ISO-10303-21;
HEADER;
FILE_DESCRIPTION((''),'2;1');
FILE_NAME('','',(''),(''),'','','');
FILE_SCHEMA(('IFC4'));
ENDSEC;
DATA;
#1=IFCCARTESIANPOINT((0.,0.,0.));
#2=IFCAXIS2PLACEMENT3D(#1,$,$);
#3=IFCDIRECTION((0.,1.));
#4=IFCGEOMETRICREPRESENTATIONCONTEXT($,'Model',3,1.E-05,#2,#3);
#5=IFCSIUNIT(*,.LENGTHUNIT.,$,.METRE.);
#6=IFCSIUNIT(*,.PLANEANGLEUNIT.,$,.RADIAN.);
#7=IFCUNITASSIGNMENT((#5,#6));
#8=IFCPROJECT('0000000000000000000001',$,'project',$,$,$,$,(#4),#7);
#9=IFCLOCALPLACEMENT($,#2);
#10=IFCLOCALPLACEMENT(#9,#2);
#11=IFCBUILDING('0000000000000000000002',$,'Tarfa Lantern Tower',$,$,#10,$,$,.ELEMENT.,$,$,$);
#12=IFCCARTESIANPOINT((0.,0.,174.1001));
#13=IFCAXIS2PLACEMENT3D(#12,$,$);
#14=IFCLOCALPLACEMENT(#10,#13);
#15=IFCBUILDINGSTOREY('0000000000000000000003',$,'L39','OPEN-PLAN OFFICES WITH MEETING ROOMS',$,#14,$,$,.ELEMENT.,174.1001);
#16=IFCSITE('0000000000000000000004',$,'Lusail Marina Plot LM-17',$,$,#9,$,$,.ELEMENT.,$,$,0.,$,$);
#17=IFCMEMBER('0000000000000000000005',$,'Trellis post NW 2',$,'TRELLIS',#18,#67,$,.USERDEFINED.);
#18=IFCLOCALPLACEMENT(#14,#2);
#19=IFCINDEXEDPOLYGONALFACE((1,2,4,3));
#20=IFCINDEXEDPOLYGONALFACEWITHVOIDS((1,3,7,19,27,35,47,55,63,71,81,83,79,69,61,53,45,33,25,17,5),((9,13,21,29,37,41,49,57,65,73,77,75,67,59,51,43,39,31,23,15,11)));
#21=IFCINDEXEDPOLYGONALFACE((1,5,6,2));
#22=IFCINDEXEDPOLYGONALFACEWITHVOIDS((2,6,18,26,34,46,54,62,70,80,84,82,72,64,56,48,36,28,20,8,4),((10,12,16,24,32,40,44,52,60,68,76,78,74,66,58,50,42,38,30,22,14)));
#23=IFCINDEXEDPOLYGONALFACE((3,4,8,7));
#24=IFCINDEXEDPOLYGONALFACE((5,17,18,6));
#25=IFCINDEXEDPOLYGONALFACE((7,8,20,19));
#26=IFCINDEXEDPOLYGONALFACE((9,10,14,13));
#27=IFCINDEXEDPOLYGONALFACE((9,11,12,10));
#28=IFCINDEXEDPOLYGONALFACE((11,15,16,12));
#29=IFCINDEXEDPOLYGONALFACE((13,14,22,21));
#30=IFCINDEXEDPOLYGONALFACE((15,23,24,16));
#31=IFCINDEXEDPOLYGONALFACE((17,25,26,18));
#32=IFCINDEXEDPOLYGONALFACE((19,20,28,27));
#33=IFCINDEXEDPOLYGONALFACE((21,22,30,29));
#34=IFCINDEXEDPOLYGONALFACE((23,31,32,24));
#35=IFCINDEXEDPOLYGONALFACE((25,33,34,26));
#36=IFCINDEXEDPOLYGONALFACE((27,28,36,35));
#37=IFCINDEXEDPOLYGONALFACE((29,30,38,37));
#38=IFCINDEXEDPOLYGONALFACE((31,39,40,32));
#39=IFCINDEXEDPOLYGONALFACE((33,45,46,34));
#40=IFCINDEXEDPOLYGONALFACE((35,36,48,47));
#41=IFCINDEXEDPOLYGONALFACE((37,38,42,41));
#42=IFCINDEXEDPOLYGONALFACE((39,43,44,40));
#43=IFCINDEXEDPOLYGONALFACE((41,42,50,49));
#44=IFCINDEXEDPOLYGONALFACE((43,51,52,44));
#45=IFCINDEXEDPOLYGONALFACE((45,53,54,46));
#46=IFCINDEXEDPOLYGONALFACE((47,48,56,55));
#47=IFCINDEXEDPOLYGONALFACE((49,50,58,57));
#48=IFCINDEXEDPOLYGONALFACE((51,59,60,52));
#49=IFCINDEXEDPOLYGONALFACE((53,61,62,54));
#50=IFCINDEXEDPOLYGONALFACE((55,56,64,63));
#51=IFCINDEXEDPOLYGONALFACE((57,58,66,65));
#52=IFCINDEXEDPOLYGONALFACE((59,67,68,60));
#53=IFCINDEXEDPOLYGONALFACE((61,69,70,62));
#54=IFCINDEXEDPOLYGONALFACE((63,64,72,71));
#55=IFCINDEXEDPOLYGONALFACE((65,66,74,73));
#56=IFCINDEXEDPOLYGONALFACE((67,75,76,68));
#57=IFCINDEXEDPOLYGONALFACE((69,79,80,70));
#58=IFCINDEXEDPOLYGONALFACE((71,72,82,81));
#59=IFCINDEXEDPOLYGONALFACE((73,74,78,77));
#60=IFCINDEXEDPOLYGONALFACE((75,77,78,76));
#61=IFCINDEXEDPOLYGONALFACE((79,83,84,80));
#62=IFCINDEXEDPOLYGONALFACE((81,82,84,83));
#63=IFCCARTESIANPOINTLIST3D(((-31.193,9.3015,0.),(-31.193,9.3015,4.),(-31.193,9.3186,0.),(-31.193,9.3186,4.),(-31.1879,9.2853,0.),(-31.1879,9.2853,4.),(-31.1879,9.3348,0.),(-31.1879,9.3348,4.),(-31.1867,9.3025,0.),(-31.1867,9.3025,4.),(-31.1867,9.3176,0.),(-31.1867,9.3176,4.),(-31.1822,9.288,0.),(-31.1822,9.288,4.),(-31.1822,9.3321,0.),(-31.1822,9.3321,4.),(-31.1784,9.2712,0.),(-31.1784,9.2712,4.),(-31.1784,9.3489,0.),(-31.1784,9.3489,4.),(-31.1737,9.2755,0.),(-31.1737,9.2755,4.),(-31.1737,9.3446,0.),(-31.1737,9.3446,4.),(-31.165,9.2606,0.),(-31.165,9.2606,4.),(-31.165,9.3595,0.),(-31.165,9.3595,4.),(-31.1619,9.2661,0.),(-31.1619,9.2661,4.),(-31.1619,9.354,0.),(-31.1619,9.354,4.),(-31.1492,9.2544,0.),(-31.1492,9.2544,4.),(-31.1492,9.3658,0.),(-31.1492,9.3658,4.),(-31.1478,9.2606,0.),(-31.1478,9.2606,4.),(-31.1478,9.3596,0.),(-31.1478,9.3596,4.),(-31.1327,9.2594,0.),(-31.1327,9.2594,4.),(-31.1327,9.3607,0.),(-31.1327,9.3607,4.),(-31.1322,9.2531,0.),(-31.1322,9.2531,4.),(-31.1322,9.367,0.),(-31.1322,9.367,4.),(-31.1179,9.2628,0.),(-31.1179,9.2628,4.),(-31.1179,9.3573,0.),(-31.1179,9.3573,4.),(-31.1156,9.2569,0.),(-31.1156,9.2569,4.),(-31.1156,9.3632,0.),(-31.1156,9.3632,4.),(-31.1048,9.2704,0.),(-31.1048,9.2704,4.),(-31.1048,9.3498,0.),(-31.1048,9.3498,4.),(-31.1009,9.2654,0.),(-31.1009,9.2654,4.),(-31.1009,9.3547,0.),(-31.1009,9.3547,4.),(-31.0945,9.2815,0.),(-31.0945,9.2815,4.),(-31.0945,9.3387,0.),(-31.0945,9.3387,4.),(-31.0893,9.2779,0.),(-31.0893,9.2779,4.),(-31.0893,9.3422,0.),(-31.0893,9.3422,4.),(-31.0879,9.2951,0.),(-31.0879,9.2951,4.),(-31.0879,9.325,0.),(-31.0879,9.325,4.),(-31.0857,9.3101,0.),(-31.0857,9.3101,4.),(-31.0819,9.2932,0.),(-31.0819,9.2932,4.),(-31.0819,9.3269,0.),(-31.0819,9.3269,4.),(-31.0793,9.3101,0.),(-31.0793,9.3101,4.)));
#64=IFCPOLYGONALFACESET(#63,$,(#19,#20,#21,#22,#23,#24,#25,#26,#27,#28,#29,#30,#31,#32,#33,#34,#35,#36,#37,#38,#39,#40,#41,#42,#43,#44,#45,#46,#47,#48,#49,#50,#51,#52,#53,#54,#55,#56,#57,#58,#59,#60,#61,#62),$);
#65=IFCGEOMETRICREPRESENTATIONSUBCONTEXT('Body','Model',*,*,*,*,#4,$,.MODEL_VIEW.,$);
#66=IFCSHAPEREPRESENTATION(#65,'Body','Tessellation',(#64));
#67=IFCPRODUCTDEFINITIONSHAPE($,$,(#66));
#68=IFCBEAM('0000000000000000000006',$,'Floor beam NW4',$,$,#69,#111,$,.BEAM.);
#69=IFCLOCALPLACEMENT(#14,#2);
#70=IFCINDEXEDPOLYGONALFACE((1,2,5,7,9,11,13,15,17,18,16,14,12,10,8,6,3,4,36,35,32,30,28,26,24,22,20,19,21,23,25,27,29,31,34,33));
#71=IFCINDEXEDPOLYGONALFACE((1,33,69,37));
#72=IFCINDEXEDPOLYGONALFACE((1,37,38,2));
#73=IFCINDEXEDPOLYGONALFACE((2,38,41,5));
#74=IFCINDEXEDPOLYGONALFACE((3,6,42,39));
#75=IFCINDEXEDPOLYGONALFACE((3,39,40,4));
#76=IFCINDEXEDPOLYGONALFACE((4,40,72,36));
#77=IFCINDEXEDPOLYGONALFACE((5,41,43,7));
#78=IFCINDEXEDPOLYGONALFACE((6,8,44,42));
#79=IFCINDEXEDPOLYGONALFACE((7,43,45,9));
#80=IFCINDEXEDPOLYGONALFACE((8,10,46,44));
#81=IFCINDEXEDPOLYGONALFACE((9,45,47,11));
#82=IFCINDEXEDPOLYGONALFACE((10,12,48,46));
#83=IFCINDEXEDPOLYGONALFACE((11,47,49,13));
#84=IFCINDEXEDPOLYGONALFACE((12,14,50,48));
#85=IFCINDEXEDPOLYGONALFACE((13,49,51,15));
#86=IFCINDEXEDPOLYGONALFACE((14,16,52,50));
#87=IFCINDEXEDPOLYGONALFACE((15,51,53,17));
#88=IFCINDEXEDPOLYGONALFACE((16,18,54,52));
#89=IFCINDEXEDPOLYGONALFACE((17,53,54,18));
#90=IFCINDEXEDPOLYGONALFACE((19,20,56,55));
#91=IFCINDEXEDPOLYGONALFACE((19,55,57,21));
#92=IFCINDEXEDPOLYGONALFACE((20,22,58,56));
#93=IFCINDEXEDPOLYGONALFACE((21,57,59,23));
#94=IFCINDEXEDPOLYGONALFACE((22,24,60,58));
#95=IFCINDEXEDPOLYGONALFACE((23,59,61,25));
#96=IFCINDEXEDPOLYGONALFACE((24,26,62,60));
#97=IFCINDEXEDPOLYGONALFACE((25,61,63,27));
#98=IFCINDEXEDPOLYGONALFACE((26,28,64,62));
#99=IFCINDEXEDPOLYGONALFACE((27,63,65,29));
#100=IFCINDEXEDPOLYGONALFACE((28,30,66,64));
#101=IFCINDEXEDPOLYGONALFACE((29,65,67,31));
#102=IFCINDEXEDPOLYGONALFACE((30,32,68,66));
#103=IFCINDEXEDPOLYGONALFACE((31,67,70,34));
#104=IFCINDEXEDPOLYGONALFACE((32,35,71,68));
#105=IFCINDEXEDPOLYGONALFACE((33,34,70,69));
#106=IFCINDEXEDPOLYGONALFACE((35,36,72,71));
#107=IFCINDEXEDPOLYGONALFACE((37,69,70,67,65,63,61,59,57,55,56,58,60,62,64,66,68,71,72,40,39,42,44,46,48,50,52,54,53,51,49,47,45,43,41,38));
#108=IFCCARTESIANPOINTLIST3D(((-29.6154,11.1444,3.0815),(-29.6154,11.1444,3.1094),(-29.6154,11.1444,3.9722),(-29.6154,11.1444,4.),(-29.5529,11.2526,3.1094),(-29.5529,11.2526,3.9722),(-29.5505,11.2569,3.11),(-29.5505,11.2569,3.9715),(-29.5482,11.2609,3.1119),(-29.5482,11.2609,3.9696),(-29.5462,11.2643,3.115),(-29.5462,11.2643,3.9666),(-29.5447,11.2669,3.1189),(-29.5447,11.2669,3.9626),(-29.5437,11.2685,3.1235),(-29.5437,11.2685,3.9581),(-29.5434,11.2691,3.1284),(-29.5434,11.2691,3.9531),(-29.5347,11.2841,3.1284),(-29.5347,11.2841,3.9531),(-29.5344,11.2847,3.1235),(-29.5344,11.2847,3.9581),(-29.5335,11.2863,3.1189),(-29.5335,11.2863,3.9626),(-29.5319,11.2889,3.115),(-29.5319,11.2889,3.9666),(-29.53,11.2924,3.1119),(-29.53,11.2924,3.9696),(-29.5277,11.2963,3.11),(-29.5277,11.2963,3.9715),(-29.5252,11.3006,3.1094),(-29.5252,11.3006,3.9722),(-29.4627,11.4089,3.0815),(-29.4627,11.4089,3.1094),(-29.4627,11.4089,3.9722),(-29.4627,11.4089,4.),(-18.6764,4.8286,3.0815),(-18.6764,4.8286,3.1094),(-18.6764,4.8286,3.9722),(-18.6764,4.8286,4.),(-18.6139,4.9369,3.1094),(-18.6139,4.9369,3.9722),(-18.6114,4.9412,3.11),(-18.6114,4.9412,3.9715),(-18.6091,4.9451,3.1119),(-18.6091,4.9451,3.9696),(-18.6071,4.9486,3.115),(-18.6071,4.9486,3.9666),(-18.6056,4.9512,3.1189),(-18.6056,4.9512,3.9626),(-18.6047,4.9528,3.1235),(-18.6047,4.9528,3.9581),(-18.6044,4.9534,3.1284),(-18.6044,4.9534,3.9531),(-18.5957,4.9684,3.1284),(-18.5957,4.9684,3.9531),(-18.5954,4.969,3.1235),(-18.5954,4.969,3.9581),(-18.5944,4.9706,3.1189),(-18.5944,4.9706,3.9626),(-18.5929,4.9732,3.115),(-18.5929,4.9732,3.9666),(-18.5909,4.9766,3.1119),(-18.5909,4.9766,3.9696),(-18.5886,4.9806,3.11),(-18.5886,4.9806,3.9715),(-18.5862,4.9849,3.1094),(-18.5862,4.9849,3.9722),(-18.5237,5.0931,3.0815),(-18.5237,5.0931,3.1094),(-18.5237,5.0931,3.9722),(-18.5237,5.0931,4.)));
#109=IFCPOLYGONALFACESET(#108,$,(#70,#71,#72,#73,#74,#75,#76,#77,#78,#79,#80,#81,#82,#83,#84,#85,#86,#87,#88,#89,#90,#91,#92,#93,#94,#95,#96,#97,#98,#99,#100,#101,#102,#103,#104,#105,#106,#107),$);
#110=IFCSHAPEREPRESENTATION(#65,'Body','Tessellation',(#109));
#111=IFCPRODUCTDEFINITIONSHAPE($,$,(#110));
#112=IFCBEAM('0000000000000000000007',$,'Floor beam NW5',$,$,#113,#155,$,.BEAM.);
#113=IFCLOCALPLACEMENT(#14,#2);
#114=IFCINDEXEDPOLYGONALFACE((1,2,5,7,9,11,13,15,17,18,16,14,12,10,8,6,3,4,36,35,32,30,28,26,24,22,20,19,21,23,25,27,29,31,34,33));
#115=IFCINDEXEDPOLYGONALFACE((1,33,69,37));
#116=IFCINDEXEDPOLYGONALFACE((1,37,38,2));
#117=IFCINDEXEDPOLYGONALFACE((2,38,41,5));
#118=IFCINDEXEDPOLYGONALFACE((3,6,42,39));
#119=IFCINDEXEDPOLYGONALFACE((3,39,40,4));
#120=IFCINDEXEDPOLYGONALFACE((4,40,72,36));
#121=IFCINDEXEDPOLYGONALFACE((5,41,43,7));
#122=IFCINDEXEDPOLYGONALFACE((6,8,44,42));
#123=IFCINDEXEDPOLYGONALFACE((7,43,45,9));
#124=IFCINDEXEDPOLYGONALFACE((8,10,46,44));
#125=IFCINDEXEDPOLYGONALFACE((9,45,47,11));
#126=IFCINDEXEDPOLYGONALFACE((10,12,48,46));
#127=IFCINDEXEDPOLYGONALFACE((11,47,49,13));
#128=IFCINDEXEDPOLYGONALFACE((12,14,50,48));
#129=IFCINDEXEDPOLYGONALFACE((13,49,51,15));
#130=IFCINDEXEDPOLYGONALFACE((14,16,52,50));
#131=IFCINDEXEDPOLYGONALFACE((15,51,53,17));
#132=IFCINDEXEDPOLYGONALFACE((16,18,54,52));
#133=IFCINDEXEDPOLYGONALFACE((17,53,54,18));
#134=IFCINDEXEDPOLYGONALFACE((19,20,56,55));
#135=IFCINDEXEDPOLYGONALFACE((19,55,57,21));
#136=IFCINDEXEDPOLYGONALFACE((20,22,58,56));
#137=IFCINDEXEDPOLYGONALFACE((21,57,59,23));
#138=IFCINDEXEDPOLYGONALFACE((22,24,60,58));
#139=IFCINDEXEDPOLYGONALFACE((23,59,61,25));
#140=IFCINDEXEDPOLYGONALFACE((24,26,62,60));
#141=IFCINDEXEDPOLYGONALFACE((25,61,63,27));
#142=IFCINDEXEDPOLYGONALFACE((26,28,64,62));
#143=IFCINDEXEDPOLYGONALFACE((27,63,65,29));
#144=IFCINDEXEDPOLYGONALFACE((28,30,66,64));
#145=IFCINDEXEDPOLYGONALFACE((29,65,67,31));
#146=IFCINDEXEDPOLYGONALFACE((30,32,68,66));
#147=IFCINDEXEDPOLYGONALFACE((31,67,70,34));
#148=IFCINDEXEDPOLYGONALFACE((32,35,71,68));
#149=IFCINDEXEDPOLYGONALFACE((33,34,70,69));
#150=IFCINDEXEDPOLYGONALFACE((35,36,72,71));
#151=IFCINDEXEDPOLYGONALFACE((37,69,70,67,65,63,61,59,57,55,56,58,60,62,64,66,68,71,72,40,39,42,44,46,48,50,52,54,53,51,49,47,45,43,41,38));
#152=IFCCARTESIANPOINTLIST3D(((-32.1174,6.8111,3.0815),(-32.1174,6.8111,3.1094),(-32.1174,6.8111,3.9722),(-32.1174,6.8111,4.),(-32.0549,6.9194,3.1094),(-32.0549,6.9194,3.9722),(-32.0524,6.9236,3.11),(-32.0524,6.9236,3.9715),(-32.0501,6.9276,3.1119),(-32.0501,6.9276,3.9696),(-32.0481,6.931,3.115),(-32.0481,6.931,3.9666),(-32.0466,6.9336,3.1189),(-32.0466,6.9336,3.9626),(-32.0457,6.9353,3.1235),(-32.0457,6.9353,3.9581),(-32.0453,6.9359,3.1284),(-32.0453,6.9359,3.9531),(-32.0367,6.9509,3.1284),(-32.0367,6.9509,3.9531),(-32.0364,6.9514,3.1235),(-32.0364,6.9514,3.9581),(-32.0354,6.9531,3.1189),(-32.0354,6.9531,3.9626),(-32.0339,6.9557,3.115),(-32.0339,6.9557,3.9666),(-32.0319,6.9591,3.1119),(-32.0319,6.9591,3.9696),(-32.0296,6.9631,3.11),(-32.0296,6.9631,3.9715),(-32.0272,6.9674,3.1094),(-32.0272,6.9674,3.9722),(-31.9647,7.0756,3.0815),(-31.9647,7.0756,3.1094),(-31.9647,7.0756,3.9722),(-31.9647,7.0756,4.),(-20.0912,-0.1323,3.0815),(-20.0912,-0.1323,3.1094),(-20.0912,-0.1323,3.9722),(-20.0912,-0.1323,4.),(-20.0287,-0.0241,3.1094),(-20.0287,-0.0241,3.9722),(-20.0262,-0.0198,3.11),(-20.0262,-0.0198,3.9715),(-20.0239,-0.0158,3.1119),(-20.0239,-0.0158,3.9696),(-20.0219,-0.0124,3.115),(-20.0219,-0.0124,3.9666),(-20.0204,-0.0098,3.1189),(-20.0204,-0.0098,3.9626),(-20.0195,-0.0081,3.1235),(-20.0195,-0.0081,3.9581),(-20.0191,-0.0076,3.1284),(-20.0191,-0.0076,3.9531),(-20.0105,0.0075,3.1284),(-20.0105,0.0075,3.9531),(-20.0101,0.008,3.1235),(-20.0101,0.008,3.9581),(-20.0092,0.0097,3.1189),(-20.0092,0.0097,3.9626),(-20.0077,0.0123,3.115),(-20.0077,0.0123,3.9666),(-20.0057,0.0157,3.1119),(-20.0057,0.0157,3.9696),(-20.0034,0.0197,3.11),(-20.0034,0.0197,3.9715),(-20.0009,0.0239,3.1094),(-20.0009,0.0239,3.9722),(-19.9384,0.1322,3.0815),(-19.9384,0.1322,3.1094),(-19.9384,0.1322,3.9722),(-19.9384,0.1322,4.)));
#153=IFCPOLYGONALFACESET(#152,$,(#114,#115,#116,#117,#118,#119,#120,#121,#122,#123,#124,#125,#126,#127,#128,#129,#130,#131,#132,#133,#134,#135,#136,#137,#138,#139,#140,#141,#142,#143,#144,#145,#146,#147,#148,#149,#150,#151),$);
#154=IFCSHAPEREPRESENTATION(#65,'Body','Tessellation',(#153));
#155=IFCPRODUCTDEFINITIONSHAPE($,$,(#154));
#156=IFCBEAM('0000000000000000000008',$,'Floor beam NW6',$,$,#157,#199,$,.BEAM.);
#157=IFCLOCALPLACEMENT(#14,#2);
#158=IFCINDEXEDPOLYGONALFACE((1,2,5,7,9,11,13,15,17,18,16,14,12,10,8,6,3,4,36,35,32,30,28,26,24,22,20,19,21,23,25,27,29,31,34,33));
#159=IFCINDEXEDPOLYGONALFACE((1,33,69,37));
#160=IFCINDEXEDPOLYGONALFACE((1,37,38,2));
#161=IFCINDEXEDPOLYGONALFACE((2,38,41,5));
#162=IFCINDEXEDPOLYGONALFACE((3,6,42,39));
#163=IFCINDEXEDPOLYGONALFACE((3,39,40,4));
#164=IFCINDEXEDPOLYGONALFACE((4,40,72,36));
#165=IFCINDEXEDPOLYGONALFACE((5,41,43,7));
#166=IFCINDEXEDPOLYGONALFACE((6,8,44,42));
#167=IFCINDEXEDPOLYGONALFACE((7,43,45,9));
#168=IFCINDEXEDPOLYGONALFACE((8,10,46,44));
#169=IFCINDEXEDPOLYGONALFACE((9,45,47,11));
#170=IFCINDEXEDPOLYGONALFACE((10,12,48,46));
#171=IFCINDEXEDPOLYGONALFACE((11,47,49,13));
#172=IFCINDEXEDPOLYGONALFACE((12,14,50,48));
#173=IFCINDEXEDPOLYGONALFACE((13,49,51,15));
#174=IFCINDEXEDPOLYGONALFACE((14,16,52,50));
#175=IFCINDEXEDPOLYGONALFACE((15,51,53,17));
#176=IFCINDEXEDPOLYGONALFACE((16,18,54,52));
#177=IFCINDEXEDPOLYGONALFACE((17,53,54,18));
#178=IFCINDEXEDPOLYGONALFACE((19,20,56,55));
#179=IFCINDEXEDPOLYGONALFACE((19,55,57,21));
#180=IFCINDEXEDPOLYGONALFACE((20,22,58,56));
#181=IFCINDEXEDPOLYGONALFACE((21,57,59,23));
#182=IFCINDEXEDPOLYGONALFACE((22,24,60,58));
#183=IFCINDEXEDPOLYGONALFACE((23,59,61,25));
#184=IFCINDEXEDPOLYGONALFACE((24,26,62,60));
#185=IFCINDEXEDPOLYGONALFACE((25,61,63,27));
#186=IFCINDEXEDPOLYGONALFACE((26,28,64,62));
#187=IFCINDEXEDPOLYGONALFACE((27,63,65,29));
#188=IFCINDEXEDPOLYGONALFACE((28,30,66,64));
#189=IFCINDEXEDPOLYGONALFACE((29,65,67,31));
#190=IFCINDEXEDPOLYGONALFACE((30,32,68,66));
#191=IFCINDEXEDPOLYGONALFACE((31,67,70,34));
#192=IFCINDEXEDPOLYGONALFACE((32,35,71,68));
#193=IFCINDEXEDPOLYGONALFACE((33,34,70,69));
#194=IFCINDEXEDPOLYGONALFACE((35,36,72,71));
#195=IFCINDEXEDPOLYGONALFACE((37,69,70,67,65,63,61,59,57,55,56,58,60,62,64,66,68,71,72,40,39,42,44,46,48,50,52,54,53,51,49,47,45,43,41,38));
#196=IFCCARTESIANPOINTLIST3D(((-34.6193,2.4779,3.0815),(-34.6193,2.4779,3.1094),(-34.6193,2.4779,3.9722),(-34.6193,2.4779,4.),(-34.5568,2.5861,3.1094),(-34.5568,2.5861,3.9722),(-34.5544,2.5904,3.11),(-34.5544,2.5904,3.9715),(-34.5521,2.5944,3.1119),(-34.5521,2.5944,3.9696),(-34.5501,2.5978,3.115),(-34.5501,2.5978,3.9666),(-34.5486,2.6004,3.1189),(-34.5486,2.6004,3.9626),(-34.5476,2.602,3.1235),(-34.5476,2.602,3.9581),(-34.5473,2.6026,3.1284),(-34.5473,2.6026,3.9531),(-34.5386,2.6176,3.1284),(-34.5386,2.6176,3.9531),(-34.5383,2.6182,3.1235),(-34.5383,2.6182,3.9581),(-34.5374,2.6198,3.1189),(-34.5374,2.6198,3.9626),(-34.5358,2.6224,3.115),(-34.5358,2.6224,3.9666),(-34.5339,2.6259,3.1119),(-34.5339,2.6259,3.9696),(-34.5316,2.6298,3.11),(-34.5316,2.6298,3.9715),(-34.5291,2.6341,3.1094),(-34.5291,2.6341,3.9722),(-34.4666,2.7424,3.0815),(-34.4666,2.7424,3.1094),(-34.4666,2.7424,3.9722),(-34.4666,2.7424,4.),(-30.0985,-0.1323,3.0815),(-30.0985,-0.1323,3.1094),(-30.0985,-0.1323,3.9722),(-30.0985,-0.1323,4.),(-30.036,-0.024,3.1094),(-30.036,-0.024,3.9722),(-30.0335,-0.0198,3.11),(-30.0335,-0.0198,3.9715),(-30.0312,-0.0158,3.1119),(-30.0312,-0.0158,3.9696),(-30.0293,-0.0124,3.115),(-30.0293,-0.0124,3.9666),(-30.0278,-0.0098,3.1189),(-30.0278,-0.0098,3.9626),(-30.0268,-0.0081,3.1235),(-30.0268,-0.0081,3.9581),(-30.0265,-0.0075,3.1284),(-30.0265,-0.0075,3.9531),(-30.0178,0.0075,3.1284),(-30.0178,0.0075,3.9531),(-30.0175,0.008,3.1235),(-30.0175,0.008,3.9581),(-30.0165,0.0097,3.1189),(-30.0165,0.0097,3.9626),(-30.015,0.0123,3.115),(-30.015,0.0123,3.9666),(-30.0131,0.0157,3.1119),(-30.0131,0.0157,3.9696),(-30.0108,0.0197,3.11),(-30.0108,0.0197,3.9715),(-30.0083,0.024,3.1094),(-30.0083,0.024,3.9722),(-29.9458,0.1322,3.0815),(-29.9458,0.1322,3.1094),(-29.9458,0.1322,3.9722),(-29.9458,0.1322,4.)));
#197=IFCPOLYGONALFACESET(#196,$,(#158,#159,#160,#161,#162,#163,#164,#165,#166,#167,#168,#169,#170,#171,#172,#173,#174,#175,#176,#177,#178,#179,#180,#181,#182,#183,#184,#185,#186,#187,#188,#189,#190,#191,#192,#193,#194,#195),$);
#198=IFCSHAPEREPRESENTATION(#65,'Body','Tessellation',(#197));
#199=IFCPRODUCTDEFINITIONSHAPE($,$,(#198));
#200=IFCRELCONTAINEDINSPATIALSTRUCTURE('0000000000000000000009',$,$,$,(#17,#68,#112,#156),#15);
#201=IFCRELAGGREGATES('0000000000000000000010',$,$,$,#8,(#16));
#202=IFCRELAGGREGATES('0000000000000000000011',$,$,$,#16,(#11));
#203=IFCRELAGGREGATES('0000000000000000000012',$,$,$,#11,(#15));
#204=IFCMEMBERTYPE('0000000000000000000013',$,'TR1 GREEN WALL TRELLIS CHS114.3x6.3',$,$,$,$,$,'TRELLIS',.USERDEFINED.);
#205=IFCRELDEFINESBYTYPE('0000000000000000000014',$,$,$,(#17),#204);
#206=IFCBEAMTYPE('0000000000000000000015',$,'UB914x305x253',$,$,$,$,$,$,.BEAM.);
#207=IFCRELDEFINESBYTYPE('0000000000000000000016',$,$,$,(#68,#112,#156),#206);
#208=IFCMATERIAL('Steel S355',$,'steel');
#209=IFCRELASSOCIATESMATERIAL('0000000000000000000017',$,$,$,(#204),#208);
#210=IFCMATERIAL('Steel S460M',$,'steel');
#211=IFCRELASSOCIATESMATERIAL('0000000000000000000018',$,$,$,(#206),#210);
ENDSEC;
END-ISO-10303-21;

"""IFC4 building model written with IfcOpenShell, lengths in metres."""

from ifc_helpers import new_model, si_unit, direction, frame, origin, origin_2d, place, context, subcontext, project, spatial, hollow_circle, i_section, extrude, material, material_profile, profile_set, type_object, element, save


model = new_model("IFC4")

# Units and contexts
model_context = context("Model", 3, precision=1e-05, world=origin(), true_north=direction((0.0, 1.0)))
body_context = subcontext(model_context, "Body", "Model", "MODEL_VIEW")
ifc_project = project(units=[si_unit("LENGTHUNIT", "METRE"), si_unit("PLANEANGLEUNIT", "RADIAN")], contexts=[model_context])

# Site, building, storey
site_placement = place(None, origin())
site = spatial("IfcSite", under=ifc_project, at=site_placement, Name="Lusail Marina Plot LM-17", CompositionType="ELEMENT", RefElevation=0.0)
building_placement = place(site_placement, origin())
building = spatial("IfcBuilding", under=site, at=building_placement, Name="Tarfa Lantern Tower", CompositionType="ELEMENT")
storey_placement = place(building_placement, frame((0.0, 0.0, 174.1001)))
storey = spatial("IfcBuildingStorey", under=building, at=storey_placement, Name="L39", Description="OPEN-PLAN OFFICES WITH MEETING ROOMS", CompositionType="ELEMENT", Elevation=174.1001)

# Member
ifc_material_1 = material(Name="Steel S355", Category="steel")
ifc_material_profile_1 = material_profile(ifc_material_1, hollow_circle(Radius=0.0571, WallThickness=0.0063, at=origin_2d()), Name="CHS114.3x6.3")
ifc_profile_set_1 = profile_set([ifc_material_profile_1], Name="Steel S355")
member_type_1 = type_object("IfcMemberType", Name="TR1 GREEN WALL TRELLIS CHS114.3x6.3", ElementType="TRELLIS", PredefinedType="USERDEFINED", material=ifc_profile_set_1)
member_1_placement = place(storey_placement, frame((-31.1365, 9.3101, 0.0), z_axis=(0.0, 0.0, 1.0), x_axis=(1.0, 0.0, 0.0)))
element("IfcMember", 1, at=member_1_placement, inside=storey, type_object=member_type_1, Name="Trellis post NW 2", ObjectType="TRELLIS", PredefinedType="USERDEFINED", context=body_context, shape_type="SweptSolid", body=[
    extrude(hollow_circle(Radius=0.0571, WallThickness=0.0063, at=origin_2d()), origin(), (0.0, 0.0, 1.0), 4.0),
])

# Beams
ifc_material_2 = material(Name="Steel S460M", Category="steel")
ifc_material_profile_2 = material_profile(ifc_material_2, i_section(OverallWidth=0.3054, OverallDepth=0.9185, WebThickness=0.0173, FlangeThickness=0.0278, FilletRadius=0.019, at=origin_2d()), Name="UB914x305x253")
ifc_profile_set_2 = profile_set([ifc_material_profile_2], Name="Steel S460M")
beam_type_1 = type_object("IfcBeamType", Name="UB914x305x253", PredefinedType="BEAM", material=ifc_profile_set_2)
beam_1_placement = place(storey_placement, frame((-29.5391, 11.2766, 3.5408), z_axis=(0.866023, -0.500004, 0.0), x_axis=(0.500004, 0.866023, 0.0)))
element("IfcBeam", 2, at=beam_1_placement, inside=storey, type_object=beam_type_1, Name="Floor beam NW4", PredefinedType="BEAM", context=body_context, shape_type="SweptSolid", body=[
    extrude(i_section(OverallWidth=0.3054, OverallDepth=0.9185, WebThickness=0.0173, FlangeThickness=0.0278, FilletRadius=0.019, at=origin_2d()), origin(), (0.0, 0.0, 1.0), 12.6313),
])
beam_2_placement = place(storey_placement, frame((-32.041, 6.9434, 3.5408), z_axis=(0.866023, -0.500004, 0.0), x_axis=(0.500004, 0.866023, 0.0)))
element("IfcBeam", 3, at=beam_2_placement, inside=storey, type_object=beam_type_1, Name="Floor beam NW5", PredefinedType="BEAM", context=body_context, shape_type="SweptSolid", body=[
    extrude(i_section(OverallWidth=0.3054, OverallDepth=0.9185, WebThickness=0.0173, FlangeThickness=0.0278, FilletRadius=0.019, at=origin_2d()), origin(), (0.0, 0.0, 1.0), 13.8867),
])
beam_3_placement = place(storey_placement, frame((-34.543, 2.6101, 3.5408), z_axis=(0.866021, -0.500007, 0.0), x_axis=(0.500007, 0.866021, 0.0)))
element("IfcBeam", 4, at=beam_3_placement, inside=storey, type_object=beam_type_1, Name="Floor beam NW6", PredefinedType="BEAM", context=body_context, shape_type="SweptSolid", body=[
    extrude(i_section(OverallWidth=0.3054, OverallDepth=0.9185, WebThickness=0.0173, FlangeThickness=0.0278, FilletRadius=0.019, at=origin_2d()), origin(), (0.0, 0.0, 1.0), 5.2202),
])

save(model, "model.ifc")
